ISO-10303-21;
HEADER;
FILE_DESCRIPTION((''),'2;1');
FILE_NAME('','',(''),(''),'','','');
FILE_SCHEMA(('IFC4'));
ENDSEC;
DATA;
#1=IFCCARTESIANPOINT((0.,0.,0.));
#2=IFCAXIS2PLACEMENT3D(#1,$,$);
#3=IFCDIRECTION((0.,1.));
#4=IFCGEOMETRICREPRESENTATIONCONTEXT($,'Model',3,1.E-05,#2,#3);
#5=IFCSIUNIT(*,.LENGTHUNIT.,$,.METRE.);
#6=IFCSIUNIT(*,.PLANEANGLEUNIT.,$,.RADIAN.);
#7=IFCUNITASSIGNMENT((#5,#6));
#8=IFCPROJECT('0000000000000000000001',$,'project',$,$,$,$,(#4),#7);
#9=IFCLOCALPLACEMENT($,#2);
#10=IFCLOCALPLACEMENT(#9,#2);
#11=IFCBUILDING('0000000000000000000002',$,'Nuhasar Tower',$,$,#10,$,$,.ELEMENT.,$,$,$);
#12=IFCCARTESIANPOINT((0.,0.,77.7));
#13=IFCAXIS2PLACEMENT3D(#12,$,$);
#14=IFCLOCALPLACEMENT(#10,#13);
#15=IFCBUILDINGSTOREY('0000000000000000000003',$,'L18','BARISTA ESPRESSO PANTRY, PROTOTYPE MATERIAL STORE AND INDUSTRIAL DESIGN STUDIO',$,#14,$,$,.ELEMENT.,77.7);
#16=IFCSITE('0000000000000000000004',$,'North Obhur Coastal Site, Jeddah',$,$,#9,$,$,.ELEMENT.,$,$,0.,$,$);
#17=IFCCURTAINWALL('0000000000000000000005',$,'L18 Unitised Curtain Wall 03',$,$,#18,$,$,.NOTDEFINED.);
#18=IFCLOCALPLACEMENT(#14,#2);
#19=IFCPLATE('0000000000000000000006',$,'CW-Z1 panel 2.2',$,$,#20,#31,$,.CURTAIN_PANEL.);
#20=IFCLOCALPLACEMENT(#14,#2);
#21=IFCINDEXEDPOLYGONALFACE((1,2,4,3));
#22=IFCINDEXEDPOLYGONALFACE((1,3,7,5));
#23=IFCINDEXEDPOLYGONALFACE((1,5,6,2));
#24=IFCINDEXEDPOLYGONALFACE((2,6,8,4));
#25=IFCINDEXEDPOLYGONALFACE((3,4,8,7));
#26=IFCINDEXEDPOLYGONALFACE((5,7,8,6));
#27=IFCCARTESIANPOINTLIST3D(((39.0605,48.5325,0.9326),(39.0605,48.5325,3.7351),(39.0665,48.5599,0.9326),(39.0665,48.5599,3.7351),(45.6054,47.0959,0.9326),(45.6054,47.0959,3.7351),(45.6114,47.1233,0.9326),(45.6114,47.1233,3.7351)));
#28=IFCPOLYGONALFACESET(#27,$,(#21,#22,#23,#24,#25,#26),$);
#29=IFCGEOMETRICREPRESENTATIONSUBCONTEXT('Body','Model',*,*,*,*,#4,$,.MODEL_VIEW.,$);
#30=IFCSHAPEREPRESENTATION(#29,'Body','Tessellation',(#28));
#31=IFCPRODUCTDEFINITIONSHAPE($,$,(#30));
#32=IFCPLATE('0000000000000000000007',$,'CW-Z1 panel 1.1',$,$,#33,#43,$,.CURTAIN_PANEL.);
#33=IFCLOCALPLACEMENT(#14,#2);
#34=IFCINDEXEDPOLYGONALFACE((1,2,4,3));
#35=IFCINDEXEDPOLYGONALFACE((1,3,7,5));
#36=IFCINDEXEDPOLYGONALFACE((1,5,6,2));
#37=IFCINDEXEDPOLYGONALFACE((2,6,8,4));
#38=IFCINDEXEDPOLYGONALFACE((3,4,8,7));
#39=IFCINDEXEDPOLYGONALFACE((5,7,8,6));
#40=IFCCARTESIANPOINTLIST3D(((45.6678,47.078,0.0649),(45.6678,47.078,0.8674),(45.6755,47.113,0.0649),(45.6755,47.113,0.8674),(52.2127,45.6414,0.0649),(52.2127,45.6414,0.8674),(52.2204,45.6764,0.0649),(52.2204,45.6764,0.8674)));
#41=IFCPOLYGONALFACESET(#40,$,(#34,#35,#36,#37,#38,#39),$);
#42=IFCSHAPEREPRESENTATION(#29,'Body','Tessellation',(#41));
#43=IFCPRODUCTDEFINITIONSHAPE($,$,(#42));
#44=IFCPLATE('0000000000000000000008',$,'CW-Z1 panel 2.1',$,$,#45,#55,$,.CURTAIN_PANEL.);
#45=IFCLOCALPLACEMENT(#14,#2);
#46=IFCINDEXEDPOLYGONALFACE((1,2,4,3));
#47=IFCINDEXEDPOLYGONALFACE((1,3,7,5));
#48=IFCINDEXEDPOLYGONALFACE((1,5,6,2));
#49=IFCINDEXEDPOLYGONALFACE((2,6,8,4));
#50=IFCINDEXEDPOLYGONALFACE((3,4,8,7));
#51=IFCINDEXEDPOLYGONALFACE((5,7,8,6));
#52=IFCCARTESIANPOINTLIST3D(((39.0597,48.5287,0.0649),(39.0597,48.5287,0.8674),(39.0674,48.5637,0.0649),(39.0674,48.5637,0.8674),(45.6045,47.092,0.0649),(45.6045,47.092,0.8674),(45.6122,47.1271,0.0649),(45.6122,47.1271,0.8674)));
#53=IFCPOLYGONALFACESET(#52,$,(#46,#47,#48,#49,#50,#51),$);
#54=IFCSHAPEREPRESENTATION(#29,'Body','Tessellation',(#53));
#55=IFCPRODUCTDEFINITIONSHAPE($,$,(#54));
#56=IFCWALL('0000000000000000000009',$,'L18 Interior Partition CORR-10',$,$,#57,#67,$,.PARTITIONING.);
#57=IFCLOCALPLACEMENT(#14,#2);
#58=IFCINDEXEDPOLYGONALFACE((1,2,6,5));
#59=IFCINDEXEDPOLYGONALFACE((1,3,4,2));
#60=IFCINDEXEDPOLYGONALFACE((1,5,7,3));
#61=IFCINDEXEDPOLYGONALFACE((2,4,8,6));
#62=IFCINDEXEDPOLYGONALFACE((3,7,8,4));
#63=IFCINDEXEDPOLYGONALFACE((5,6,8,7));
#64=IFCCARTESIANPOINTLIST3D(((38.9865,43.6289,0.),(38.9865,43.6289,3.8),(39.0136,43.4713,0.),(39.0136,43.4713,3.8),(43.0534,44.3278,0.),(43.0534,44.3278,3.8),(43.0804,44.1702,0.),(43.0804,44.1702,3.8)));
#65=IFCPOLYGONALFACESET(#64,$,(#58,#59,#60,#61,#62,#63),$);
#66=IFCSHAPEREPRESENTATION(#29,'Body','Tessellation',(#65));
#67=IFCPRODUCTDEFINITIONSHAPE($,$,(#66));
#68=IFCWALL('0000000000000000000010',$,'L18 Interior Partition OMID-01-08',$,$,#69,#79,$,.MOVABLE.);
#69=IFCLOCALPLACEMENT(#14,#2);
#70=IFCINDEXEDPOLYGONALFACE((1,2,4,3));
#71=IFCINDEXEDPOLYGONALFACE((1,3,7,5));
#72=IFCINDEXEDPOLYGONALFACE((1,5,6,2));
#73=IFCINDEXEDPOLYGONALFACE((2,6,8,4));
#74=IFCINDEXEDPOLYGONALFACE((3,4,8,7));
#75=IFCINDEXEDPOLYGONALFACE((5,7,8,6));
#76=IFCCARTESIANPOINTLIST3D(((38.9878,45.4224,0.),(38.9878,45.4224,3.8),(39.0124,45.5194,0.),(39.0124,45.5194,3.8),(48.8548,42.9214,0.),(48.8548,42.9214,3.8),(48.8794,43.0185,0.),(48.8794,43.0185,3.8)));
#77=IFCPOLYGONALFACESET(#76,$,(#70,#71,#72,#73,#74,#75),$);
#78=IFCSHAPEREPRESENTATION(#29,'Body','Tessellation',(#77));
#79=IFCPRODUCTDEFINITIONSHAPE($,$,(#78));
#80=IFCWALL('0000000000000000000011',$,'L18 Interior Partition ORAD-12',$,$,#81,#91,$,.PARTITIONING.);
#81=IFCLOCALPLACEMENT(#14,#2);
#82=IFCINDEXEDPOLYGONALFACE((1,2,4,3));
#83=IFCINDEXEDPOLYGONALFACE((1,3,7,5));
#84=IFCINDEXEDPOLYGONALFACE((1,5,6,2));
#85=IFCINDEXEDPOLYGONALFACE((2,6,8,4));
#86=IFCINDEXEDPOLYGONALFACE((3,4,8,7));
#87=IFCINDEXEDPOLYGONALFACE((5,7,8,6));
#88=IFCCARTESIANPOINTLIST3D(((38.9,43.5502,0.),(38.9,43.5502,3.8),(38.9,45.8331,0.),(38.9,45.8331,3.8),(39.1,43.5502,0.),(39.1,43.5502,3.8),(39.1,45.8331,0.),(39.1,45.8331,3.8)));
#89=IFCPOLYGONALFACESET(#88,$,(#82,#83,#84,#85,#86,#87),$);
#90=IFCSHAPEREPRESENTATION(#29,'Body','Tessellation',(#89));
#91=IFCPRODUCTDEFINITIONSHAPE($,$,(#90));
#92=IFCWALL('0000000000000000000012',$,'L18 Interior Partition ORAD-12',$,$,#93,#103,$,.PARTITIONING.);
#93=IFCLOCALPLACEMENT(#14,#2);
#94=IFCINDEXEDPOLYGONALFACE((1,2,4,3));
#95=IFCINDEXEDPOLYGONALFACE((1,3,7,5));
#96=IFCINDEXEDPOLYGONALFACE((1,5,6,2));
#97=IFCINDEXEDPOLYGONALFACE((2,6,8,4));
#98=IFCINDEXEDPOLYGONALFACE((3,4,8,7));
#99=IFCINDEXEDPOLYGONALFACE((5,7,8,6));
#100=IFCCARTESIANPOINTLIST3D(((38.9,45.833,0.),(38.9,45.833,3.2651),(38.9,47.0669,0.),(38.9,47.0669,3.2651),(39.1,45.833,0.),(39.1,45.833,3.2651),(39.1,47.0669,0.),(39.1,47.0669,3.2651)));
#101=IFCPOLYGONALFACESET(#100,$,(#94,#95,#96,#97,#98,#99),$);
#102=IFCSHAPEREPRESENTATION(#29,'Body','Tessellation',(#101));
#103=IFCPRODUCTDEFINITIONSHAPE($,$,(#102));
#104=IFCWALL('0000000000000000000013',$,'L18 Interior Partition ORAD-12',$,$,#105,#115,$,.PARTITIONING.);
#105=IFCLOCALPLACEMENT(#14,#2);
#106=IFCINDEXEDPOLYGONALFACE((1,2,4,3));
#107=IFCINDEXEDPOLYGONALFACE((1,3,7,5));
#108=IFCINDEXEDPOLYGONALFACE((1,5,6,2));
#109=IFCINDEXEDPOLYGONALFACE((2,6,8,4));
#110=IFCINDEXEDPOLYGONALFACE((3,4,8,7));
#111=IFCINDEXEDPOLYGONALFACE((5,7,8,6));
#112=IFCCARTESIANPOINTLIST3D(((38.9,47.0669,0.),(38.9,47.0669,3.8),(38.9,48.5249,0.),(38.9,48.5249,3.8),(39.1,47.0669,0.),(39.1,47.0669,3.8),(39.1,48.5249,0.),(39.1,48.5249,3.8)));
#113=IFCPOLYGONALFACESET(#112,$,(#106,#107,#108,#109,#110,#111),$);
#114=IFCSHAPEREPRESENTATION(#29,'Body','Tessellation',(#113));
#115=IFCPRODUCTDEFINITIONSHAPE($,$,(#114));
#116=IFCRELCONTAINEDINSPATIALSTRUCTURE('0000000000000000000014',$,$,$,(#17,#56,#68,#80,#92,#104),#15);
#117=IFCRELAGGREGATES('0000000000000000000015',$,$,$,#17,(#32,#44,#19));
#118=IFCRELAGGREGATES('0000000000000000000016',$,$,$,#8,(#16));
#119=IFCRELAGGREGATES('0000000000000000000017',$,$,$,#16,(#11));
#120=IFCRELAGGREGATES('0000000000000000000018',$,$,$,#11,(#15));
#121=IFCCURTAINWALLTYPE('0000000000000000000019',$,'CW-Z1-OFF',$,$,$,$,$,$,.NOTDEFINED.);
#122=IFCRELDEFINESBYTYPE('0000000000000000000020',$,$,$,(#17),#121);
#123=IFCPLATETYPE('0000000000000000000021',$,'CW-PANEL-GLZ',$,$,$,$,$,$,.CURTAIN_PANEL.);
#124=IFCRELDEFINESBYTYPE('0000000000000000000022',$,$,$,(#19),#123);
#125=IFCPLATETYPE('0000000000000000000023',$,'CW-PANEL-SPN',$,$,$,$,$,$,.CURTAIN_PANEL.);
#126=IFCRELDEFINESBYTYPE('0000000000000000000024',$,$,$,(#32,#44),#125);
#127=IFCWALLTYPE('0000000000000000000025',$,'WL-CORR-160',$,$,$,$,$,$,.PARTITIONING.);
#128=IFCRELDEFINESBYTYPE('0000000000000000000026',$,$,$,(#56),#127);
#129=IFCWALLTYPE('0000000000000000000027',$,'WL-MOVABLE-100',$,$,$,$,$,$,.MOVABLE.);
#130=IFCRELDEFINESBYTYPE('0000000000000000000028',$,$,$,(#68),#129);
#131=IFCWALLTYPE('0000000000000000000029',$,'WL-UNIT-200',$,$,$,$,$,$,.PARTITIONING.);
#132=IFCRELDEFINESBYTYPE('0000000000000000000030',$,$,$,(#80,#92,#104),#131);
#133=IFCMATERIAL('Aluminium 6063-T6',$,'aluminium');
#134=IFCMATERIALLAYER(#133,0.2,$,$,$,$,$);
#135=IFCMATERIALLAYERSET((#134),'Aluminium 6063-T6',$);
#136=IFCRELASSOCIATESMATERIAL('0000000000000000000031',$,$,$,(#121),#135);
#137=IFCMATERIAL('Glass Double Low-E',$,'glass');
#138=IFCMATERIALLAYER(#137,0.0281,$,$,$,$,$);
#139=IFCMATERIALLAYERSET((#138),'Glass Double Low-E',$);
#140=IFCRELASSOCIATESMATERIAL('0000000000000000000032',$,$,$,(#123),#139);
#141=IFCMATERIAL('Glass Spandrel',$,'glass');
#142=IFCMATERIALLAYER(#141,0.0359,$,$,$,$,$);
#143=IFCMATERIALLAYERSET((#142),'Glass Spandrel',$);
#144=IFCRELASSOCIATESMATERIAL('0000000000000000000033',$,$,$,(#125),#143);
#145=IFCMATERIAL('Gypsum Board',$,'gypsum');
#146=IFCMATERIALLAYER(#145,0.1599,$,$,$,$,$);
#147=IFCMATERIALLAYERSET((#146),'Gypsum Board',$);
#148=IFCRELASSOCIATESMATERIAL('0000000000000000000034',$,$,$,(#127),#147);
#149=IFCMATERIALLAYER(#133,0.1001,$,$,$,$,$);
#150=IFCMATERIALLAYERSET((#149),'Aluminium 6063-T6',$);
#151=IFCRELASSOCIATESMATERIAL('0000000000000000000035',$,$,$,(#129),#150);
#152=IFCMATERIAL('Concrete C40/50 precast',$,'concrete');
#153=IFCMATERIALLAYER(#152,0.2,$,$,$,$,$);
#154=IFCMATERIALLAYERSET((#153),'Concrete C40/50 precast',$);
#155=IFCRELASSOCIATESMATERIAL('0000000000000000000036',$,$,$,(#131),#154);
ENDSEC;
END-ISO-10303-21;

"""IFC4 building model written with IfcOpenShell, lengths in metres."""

from ifc_helpers import new_model, si_unit, direction, frame, frame_2d, origin, origin_2d, place, context, subcontext, project, spatial, rectangle, extrude, material, layer, layer_set, type_object, element, aggregate, save


model = new_model("IFC4")

# Units and contexts
model_context = context("Model", 3, precision=1e-05, world=origin(), true_north=direction((0.0, 1.0)))
body_context = subcontext(model_context, "Body", "Model", "MODEL_VIEW")
ifc_project = project(units=[si_unit("LENGTHUNIT", "METRE"), si_unit("PLANEANGLEUNIT", "RADIAN")], contexts=[model_context])

# Site, building, storey
site_placement = place(None, origin())
site = spatial("IfcSite", under=ifc_project, at=site_placement, Name="North Obhur Coastal Site, Jeddah", CompositionType="ELEMENT", RefElevation=0.0)
building_placement = place(site_placement, origin())
building = spatial("IfcBuilding", under=site, at=building_placement, Name="Nuhasar Tower", CompositionType="ELEMENT")
storey_placement = place(building_placement, frame((0.0, 0.0, 77.7)))
storey = spatial("IfcBuildingStorey", under=building, at=storey_placement, Name="L18", Description="BARISTA ESPRESSO PANTRY, PROTOTYPE MATERIAL STORE AND INDUSTRIAL DESIGN STUDIO", CompositionType="ELEMENT", Elevation=77.7)

# Curtain wall
ifc_material_1 = material(Name="Aluminium 6063-T6", Category="aluminium")
ifc_layer_1 = layer(ifc_material_1, 0.2)
ifc_layer_set_1 = layer_set([ifc_layer_1], Name="Aluminium 6063-T6")
curtain_wall_type = type_object("IfcCurtainWallType", Name="CW-Z1-OFF", PredefinedType="NOTDEFINED", material=ifc_layer_set_1)
curtain_wall_placement = place(storey_placement, origin())
curtain_wall = element("IfcCurtainWall", 1, at=curtain_wall_placement, inside=storey, type_object=curtain_wall_type, Name="L18 Unitised Curtain Wall 03", PredefinedType="NOTDEFINED")

# Plates
ifc_material_2 = material(Name="Glass Double Low-E", Category="glass")
ifc_layer_2 = layer(ifc_material_2, 0.0281)
ifc_layer_set_2 = layer_set([ifc_layer_2], Name="Glass Double Low-E")
plate_type_1 = type_object("IfcPlateType", Name="CW-PANEL-GLZ", PredefinedType="CURTAIN_PANEL", material=ifc_layer_set_2)
plate_1_placement = place(storey_placement, frame((42.3359, 47.8279, 0.9326), z_axis=(0.0, 0.0, 1.0), x_axis=(-0.976746, 0.214399, 0.0)))
plate_1 = element("IfcPlate", 2, at=plate_1_placement, type_object=plate_type_1, Name="CW-Z1 panel 2.2", PredefinedType="CURTAIN_PANEL", context=body_context, shape_type="SweptSolid", body=[
    extrude(rectangle(XDim=6.7007, YDim=0.0281, at=origin_2d()), origin(), (0.0, 0.0, 1.0), 2.8025),
])
ifc_material_3 = material(Name="Glass Spandrel", Category="glass")
ifc_layer_3 = layer(ifc_material_3, 0.0359)
ifc_layer_set_3 = layer_set([ifc_layer_3], Name="Glass Spandrel")
plate_type_2 = type_object("IfcPlateType", Name="CW-PANEL-SPN", PredefinedType="CURTAIN_PANEL", material=ifc_layer_set_3)
plate_2_placement = place(storey_placement, frame((48.9441, 46.3772, 0.0649), z_axis=(0.0, 0.0, 1.0), x_axis=(-0.976746, 0.214399, 0.0)))
plate_2 = element("IfcPlate", 3, at=plate_2_placement, type_object=plate_type_2, Name="CW-Z1 panel 1.1", PredefinedType="CURTAIN_PANEL", context=body_context, shape_type="SweptSolid", body=[
    extrude(rectangle(XDim=6.7007, YDim=0.0359, at=origin_2d()), origin(), (0.0, 0.0, 1.0), 0.8025),
])
plate_3_placement = place(storey_placement, frame((42.3359, 47.8279, 0.0649), z_axis=(0.0, 0.0, 1.0), x_axis=(-0.976746, 0.214399, 0.0)))
plate_3 = element("IfcPlate", 4, at=plate_3_placement, type_object=plate_type_2, Name="CW-Z1 panel 2.1", PredefinedType="CURTAIN_PANEL", context=body_context, shape_type="SweptSolid", body=[
    extrude(rectangle(XDim=6.7007, YDim=0.0359, at=origin_2d()), origin(), (0.0, 0.0, 1.0), 0.8025),
])
aggregate(curtain_wall, [plate_2, plate_3, plate_1])

# Walls
ifc_material_4 = material(Name="Gypsum Board", Category="gypsum")
ifc_layer_4 = layer(ifc_material_4, 0.1599)
ifc_layer_set_4 = layer_set([ifc_layer_4], Name="Gypsum Board")
wall_type_1 = type_object("IfcWallType", Name="WL-CORR-160", PredefinedType="PARTITIONING", material=ifc_layer_set_4)
wall_1_placement = place(storey_placement, frame((43.0669, 44.249, 0.0), z_axis=(0.0, 0.0, 1.0), x_axis=(-0.98555, -0.169386, 0.0)))
element("IfcWall", 5, at=wall_1_placement, inside=storey, type_object=wall_type_1, Name="L18 Interior Partition CORR-10", PredefinedType="PARTITIONING", context=body_context, shape_type="SweptSolid", body=[
    extrude(rectangle(XDim=4.1265, YDim=0.1599, at=frame_2d((2.0632, 0.0))), origin(), (0.0, 0.0, 1.0), 3.8),
])
ifc_layer_5 = layer(ifc_material_1, 0.1001)
ifc_layer_set_5 = layer_set([ifc_layer_5], Name="Aluminium 6063-T6")
wall_type_2 = type_object("IfcWallType", Name="WL-MOVABLE-100", PredefinedType="MOVABLE", material=ifc_layer_set_5)
wall_2_placement = place(storey_placement, frame((48.8669, 42.97, 0.0), z_axis=(0.0, 0.0, 1.0), x_axis=(-0.969346, 0.2457, 0.0)))
element("IfcWall", 6, at=wall_2_placement, inside=storey, type_object=wall_type_2, Name="L18 Interior Partition OMID-01-08", PredefinedType="MOVABLE", context=body_context, shape_type="SweptSolid", body=[
    extrude(rectangle(XDim=10.179, YDim=0.1001, at=frame_2d((5.0894, 0.0))), origin(), (0.0, 0.0, 1.0), 3.8),
])
ifc_material_5 = material(Name="Concrete C40/50 precast", Category="concrete")
ifc_layer_6 = layer(ifc_material_5, 0.2)
ifc_layer_set_6 = layer_set([ifc_layer_6], Name="Concrete C40/50 precast")
wall_type_3 = type_object("IfcWallType", Name="WL-UNIT-200", PredefinedType="PARTITIONING", material=ifc_layer_set_6)
wall_3_placement = place(storey_placement, frame((39.0, 43.55, 0.0), z_axis=(0.0, 0.0, 1.0), x_axis=(0.0, 1.0, 0.0)))
element("IfcWall", 7, at=wall_3_placement, inside=storey, type_object=wall_type_3, Name="L18 Interior Partition ORAD-12", PredefinedType="PARTITIONING", context=body_context, shape_type="SweptSolid", body=[
    extrude(rectangle(XDim=2.283, YDim=0.2, at=frame_2d((1.1416, 0.0))), origin(), (0.0, 0.0, 1.0), 3.8),
])
wall_4_placement = place(storey_placement, frame((39.0, 45.833, 0.0), z_axis=(0.0, 0.0, 1.0), x_axis=(0.0, 1.0, 0.0)))
element("IfcWall", 8, at=wall_4_placement, inside=storey, type_object=wall_type_3, Name="L18 Interior Partition ORAD-12", PredefinedType="PARTITIONING", context=body_context, shape_type="SweptSolid", body=[
    extrude(rectangle(XDim=1.2339, YDim=0.2, at=frame_2d((0.6169, 0.0))), origin(), (0.0, 0.0, 1.0), 3.2651),
])
wall_5_placement = place(storey_placement, frame((39.0, 47.0669, 0.0), z_axis=(0.0, 0.0, 1.0), x_axis=(0.0, 1.0, 0.0)))
element("IfcWall", 9, at=wall_5_placement, inside=storey, type_object=wall_type_3, Name="L18 Interior Partition ORAD-12", PredefinedType="PARTITIONING", context=body_context, shape_type="SweptSolid", body=[
    extrude(rectangle(XDim=1.458, YDim=0.2, at=frame_2d((0.729, 0.0))), origin(), (0.0, 0.0, 1.0), 3.8),
])

save(model, "model.ifc")
